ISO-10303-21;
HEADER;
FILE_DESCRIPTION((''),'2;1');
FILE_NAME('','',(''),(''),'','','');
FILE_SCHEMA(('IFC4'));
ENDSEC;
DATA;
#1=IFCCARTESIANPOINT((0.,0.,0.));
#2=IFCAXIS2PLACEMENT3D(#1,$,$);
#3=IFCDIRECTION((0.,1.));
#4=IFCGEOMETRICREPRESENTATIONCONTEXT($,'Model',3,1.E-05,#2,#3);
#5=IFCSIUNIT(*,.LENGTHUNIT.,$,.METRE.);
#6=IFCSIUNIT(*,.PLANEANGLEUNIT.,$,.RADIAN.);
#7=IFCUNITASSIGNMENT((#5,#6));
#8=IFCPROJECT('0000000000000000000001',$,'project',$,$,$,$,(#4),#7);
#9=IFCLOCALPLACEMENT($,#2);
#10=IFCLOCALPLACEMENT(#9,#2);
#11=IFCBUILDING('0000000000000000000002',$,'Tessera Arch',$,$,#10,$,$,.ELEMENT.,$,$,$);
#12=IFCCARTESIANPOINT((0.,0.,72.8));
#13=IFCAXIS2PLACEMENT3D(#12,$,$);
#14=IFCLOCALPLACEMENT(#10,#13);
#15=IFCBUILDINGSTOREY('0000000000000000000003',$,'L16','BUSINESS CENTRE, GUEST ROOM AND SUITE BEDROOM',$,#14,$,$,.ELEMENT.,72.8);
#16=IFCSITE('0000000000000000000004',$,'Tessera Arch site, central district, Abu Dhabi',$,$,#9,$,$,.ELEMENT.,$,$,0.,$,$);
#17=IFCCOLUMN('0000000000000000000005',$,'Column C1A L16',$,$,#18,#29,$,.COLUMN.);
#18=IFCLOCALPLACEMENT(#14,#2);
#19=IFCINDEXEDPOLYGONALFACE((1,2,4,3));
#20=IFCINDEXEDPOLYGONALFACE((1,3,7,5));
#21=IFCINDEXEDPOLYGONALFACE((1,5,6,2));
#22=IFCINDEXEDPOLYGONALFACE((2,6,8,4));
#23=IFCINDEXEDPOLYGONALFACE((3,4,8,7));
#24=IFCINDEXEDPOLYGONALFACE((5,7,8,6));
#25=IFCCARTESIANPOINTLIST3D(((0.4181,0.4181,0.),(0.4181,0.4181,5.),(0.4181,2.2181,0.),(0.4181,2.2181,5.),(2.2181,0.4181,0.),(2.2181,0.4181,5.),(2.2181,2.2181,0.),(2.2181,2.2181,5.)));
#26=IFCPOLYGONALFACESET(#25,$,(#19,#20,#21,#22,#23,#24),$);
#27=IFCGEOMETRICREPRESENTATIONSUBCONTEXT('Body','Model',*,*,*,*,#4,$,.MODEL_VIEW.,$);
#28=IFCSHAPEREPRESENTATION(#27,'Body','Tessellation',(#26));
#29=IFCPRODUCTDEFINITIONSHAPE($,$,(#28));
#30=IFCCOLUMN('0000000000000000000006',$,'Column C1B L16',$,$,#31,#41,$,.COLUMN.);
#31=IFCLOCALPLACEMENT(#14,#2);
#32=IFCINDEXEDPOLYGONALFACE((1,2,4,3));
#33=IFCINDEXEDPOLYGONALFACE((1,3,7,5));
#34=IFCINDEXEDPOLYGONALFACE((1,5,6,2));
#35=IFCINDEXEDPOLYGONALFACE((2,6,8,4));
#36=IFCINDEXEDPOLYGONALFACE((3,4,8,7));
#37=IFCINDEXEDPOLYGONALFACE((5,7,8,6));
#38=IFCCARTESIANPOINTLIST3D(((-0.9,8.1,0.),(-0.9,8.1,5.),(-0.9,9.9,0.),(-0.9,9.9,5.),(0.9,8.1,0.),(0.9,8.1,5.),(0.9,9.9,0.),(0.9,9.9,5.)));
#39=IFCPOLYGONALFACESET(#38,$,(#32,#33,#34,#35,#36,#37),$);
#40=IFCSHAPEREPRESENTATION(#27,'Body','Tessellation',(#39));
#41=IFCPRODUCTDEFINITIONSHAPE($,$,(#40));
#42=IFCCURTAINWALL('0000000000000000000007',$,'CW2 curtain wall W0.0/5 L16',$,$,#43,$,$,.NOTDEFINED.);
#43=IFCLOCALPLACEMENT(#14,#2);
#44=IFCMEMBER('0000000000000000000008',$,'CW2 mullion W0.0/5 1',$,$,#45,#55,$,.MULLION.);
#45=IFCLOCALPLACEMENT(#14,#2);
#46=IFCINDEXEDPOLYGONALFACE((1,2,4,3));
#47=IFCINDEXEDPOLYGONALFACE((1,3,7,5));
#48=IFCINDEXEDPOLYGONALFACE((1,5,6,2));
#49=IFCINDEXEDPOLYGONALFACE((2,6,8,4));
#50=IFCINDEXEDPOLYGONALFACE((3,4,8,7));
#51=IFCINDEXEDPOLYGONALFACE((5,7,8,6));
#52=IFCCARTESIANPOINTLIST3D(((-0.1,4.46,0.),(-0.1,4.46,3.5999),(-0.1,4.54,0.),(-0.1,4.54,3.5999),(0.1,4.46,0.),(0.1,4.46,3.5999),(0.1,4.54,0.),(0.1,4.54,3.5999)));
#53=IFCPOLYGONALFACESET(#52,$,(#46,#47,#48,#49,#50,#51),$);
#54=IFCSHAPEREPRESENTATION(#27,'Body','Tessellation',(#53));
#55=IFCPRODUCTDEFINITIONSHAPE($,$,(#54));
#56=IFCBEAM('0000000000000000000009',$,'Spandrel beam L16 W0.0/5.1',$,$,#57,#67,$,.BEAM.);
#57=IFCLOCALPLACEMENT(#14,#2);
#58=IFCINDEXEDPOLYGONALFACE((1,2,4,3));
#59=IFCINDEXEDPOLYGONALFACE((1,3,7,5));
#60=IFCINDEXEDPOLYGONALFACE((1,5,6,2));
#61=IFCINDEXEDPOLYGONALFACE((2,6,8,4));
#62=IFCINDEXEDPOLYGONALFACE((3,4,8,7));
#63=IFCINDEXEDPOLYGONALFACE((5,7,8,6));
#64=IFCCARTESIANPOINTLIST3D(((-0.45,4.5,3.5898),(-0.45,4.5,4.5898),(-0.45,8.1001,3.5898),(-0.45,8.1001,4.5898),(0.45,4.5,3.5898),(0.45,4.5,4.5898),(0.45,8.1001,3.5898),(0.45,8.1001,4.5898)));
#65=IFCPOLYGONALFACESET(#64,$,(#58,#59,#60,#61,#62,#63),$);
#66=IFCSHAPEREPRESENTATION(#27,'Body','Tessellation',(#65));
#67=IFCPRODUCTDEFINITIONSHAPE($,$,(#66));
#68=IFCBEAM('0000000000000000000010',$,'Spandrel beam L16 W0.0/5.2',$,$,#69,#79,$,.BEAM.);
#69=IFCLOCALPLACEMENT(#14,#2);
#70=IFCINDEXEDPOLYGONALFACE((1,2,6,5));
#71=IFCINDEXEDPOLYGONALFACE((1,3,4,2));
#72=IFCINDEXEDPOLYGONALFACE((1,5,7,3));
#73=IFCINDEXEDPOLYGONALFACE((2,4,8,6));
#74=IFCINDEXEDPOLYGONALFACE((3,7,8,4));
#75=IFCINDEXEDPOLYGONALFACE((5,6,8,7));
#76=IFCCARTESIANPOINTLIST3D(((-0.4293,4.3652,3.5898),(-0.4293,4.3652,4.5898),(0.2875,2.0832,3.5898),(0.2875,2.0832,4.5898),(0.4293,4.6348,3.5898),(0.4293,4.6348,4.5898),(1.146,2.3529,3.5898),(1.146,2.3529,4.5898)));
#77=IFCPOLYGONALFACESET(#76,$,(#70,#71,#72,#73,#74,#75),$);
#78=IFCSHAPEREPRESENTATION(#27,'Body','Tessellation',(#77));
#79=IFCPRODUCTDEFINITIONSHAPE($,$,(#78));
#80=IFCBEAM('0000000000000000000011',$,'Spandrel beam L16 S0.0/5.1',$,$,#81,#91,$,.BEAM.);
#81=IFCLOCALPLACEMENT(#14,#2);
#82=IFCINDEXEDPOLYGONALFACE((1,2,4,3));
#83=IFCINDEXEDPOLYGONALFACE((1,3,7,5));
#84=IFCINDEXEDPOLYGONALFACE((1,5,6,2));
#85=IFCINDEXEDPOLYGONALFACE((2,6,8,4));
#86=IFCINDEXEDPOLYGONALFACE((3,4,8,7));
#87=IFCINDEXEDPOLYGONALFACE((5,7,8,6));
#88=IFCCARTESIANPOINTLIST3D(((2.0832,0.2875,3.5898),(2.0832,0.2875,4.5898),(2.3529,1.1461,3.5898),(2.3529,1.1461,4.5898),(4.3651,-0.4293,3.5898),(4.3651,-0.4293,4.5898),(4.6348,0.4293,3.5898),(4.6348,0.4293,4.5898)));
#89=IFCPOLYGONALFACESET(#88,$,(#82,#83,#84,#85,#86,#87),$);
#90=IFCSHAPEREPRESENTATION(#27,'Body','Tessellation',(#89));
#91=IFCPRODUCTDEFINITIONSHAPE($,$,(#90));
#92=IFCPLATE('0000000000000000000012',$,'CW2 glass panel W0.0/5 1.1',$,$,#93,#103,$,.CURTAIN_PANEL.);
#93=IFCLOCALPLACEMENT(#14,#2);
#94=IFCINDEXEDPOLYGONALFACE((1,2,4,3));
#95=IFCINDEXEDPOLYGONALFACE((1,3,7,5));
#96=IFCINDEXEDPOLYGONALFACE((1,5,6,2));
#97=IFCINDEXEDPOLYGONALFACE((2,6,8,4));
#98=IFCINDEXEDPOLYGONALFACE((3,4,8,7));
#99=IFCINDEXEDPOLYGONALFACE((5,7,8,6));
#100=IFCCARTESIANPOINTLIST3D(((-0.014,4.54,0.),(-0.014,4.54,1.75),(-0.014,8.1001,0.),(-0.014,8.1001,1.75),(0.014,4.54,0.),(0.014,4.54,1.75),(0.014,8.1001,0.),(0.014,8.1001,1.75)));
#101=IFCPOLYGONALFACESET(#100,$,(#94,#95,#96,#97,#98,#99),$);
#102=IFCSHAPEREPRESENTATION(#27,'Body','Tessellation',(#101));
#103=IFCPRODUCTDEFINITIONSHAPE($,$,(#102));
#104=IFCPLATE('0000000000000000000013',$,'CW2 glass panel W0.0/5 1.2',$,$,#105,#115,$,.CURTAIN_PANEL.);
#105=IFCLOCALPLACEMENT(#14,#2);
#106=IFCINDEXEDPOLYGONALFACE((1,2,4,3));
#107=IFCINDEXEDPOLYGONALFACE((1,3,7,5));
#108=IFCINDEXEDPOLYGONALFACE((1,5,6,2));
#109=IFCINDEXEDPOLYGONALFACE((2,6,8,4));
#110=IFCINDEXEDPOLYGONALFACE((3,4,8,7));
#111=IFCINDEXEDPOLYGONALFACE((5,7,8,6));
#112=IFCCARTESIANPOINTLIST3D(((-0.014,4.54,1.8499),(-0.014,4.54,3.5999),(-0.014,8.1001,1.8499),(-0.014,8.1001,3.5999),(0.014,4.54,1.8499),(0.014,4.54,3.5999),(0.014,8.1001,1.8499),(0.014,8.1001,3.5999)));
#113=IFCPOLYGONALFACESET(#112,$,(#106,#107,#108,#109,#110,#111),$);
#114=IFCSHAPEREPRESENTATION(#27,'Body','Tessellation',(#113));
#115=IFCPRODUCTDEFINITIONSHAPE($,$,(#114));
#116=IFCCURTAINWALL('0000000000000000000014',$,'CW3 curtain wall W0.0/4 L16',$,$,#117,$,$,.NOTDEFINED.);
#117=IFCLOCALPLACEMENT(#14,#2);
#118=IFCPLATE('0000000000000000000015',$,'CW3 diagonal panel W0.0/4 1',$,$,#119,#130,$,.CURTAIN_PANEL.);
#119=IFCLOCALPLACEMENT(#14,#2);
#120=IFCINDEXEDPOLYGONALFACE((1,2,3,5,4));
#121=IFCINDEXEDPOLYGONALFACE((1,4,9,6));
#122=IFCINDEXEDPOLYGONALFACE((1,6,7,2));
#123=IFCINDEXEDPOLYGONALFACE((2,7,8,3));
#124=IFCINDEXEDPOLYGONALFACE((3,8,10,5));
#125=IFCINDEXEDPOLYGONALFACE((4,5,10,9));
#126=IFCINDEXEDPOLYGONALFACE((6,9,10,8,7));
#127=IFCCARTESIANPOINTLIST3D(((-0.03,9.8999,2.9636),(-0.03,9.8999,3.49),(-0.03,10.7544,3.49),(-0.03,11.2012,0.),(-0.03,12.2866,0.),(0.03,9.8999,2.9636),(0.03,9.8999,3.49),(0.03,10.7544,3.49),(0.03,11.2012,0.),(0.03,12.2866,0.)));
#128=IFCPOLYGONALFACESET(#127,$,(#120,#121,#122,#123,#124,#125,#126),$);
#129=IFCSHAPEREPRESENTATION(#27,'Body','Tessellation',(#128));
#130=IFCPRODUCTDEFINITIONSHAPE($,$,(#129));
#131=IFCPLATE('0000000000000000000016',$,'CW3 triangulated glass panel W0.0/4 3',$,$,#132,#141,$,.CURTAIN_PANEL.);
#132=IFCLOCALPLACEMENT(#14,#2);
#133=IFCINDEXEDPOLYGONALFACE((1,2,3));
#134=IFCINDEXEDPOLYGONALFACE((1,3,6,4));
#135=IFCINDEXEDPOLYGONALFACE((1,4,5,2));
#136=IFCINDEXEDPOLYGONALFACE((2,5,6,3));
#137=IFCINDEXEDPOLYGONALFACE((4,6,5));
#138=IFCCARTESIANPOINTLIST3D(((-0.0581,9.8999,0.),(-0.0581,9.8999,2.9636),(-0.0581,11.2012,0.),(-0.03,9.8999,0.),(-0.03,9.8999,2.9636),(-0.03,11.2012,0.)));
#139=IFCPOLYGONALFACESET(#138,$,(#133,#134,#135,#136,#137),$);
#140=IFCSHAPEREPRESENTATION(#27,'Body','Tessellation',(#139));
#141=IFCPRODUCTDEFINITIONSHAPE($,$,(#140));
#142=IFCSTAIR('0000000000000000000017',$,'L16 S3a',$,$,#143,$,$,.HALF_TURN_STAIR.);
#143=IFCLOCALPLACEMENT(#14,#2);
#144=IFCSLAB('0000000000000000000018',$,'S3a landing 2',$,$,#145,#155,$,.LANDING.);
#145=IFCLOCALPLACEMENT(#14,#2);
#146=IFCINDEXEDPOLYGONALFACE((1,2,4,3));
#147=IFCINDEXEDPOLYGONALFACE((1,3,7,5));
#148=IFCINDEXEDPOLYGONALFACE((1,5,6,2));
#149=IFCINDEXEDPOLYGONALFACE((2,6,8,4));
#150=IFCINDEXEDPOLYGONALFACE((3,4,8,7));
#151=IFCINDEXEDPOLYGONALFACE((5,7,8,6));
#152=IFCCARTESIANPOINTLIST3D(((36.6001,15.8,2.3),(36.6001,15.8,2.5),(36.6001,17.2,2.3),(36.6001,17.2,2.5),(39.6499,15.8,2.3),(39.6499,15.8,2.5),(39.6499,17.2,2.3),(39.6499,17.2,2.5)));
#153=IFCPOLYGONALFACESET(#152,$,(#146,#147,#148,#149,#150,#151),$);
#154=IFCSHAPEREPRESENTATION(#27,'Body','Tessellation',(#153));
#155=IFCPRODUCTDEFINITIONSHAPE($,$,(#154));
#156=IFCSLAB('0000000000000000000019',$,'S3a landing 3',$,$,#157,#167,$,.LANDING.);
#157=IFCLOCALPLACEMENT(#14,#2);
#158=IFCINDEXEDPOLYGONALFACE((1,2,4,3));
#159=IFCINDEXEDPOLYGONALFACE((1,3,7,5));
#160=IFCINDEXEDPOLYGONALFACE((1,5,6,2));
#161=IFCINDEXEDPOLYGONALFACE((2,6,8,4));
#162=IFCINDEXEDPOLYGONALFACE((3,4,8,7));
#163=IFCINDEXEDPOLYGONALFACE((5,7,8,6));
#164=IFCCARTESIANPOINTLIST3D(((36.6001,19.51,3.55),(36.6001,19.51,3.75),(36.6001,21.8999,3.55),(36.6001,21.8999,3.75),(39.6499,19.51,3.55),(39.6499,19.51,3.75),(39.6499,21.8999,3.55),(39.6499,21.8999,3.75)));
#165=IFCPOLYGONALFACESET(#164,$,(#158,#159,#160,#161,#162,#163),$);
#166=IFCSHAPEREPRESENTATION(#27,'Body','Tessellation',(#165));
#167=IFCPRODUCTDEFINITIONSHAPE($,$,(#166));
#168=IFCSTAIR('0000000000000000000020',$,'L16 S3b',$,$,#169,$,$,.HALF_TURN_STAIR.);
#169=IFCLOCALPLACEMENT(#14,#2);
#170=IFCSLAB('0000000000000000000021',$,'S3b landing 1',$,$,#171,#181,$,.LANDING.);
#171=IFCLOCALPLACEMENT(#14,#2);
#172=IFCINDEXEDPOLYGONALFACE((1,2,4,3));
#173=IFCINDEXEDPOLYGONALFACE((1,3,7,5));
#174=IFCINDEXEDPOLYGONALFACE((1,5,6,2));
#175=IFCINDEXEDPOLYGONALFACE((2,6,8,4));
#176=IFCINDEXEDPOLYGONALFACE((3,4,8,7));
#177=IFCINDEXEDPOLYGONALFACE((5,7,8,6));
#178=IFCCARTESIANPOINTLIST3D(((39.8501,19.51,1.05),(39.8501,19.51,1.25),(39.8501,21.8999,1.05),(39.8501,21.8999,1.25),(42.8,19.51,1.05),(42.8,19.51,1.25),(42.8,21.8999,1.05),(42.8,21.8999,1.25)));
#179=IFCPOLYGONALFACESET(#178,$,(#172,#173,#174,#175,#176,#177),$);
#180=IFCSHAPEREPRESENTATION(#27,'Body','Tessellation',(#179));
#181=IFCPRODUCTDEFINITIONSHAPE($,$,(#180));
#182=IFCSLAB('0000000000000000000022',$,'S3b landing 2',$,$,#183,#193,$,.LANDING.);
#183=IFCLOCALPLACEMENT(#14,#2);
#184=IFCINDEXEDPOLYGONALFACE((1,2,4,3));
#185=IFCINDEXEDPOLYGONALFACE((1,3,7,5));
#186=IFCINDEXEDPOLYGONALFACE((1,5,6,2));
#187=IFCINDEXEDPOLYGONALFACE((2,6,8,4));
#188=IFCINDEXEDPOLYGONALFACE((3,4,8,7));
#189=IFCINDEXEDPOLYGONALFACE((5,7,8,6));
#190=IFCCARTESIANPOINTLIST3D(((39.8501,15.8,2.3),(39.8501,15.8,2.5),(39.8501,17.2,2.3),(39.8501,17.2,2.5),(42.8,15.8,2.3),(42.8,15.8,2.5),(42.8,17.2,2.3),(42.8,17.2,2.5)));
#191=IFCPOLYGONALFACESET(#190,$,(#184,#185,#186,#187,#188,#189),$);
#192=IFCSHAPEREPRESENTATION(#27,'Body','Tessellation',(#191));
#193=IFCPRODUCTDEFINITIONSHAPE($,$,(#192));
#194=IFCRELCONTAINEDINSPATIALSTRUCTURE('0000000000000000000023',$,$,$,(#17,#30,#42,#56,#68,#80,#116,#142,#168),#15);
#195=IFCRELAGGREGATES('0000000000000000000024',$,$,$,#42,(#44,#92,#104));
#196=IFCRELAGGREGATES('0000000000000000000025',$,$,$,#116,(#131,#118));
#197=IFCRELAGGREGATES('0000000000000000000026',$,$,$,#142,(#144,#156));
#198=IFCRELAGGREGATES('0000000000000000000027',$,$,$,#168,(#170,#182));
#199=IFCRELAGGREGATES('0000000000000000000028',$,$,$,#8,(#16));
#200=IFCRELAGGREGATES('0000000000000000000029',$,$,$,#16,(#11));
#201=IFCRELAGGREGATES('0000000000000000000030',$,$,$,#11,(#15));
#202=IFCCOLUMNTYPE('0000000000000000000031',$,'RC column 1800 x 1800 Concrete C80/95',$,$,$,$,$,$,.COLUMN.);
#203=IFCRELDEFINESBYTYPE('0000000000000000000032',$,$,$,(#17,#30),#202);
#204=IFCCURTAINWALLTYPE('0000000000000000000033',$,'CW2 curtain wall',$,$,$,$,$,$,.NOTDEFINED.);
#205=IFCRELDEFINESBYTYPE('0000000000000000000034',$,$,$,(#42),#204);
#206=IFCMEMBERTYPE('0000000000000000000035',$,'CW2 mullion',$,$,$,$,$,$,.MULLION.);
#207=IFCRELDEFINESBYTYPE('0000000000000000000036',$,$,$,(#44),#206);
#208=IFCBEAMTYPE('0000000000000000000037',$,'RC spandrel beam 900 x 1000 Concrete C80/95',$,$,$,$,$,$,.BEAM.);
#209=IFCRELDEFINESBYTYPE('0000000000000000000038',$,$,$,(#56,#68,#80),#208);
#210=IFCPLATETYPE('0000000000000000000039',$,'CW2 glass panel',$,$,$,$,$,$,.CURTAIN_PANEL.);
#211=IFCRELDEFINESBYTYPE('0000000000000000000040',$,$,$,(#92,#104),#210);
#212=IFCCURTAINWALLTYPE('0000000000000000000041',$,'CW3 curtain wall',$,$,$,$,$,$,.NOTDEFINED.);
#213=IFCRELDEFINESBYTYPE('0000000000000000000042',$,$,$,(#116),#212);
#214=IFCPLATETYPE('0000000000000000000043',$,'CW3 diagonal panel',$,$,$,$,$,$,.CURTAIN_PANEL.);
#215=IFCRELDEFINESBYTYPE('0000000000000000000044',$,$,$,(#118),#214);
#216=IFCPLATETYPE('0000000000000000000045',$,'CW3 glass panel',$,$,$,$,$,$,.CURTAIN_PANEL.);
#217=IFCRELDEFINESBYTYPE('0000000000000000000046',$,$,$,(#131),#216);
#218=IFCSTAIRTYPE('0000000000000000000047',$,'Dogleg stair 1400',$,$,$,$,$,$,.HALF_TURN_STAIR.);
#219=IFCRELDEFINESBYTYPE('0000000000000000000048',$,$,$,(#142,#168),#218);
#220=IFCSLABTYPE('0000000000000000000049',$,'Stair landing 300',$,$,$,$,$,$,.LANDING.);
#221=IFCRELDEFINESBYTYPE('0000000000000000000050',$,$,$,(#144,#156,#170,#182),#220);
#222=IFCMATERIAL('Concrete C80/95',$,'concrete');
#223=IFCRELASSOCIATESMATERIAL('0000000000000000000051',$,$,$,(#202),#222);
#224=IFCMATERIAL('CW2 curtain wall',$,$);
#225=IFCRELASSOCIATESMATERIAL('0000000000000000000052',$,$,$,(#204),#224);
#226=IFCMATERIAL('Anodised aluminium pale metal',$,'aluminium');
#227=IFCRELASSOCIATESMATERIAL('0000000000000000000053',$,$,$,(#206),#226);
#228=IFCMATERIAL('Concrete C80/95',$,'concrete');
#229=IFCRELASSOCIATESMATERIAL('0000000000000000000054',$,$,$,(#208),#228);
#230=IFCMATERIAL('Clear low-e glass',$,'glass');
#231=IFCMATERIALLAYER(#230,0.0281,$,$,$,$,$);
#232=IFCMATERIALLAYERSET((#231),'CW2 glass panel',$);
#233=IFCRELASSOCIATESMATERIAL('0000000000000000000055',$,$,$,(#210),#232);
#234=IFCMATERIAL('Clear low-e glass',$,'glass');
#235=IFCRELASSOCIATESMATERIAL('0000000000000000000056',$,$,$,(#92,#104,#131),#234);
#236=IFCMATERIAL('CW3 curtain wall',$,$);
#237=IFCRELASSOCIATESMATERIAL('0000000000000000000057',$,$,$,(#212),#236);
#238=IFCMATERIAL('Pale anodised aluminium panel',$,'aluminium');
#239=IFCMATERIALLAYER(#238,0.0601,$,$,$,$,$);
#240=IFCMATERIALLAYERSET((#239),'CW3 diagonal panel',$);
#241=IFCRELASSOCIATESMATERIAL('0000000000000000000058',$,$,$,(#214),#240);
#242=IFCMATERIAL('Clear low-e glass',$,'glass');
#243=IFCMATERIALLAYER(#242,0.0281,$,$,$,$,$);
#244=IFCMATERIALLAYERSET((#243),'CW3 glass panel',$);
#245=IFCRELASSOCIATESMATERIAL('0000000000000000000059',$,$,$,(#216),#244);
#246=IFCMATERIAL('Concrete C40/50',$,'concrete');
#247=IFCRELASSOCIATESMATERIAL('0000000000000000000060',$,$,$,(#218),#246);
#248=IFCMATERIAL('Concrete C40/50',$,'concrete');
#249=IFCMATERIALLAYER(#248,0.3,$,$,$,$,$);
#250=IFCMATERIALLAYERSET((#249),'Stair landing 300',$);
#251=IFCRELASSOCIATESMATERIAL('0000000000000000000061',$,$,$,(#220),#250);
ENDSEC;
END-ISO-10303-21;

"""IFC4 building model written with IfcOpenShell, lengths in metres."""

from ifc_helpers import new_model, si_unit, direction, frame, origin, origin_2d, place, context, subcontext, project, spatial, polyline, rectangle, outline, extrude, material, layer, layer_set, material_profile, profile_set, type_object, element, aggregate, save


model = new_model("IFC4")

# Units and contexts
model_context = context("Model", 3, precision=1e-05, world=origin(), true_north=direction((0.0, 1.0)))
body_context = subcontext(model_context, "Body", "Model", "MODEL_VIEW")
ifc_project = project(units=[si_unit("LENGTHUNIT", "METRE"), si_unit("PLANEANGLEUNIT", "RADIAN")], contexts=[model_context])

# Site, building, storey
site_placement = place(None, origin())
site = spatial("IfcSite", under=ifc_project, at=site_placement, Name="Tessera Arch site, central district, Abu Dhabi", CompositionType="ELEMENT", RefElevation=0.0)
building_placement = place(site_placement, origin())
building = spatial("IfcBuilding", under=site, at=building_placement, Name="Tessera Arch", CompositionType="ELEMENT")
storey_placement = place(building_placement, frame((0.0, 0.0, 72.8)))
storey = spatial("IfcBuildingStorey", under=building, at=storey_placement, Name="L16", Description="BUSINESS CENTRE, GUEST ROOM AND SUITE BEDROOM", CompositionType="ELEMENT", Elevation=72.8)

# Columns
ifc_material_1 = material(Name="Concrete C80/95", Category="concrete")
ifc_material_profile_1 = material_profile(ifc_material_1, rectangle(XDim=1.8, YDim=1.8, at=origin_2d()), Name="RC column 1800 x 1800 Concrete C80/95")
ifc_profile_set_1 = profile_set([ifc_material_profile_1], Name="Concrete C80/95")
column_type = type_object("IfcColumnType", Name="RC column 1800 x 1800 Concrete C80/95", PredefinedType="COLUMN", material=ifc_profile_set_1)
for number, where, z_axis, x_axis, name in (
    (1, (1.3181, 1.3181, 0.0), (0.0, 0.0, 1.0), (1.0, 0.0, 0.0), "Column C1A L16"),
    (2, (0.0, 9.0, 0.0), (0.0, 0.0, 1.0), (1.0, 0.0, 0.0), "Column C1B L16"),
):
    element("IfcColumn", number, at=place(storey_placement, frame(where, z_axis=z_axis, x_axis=x_axis)), inside=storey, type_object=column_type, Name=name, PredefinedType="COLUMN", context=body_context, shape_type="SweptSolid", body=[
        extrude(rectangle(XDim=1.8, YDim=1.8, at=origin_2d()), origin(), (0.0, 0.0, 1.0), 5.0),
    ])

# Curtain wall, member
ifc_material_2 = material(Name="CW2 curtain wall")
curtain_wall_type_1 = type_object("IfcCurtainWallType", Name="CW2 curtain wall", PredefinedType="NOTDEFINED", material=ifc_material_2)
curtain_wall_1_placement = place(storey_placement, origin())
curtain_wall_1 = element("IfcCurtainWall", 3, at=curtain_wall_1_placement, inside=storey, type_object=curtain_wall_type_1, Name="CW2 curtain wall W0.0/5 L16", PredefinedType="NOTDEFINED")
ifc_material_3 = material(Name="Anodised aluminium pale metal", Category="aluminium")
ifc_material_profile_2 = material_profile(ifc_material_3, rectangle(XDim=0.2, YDim=0.0801, at=origin_2d()), Name="AL 80x200")
ifc_profile_set_2 = profile_set([ifc_material_profile_2], Name="Anodised aluminium pale metal")
member_type = type_object("IfcMemberType", Name="CW2 mullion", PredefinedType="MULLION", material=ifc_profile_set_2)
member_placement = place(storey_placement, frame((0.0, 4.5, 0.0), z_axis=(0.0, 0.0, 1.0), x_axis=(1.0, 0.0, 0.0)))
member = element("IfcMember", 4, at=member_placement, type_object=member_type, Name="CW2 mullion W0.0/5 1", PredefinedType="MULLION", context=body_context, shape_type="SweptSolid", body=[
    extrude(rectangle(XDim=0.2, YDim=0.0801, at=origin_2d()), origin(), (0.0, 0.0, 1.0), 3.5999),
])

# Beams
ifc_material_4 = material(Name="Concrete C80/95", Category="concrete")
ifc_material_profile_3 = material_profile(ifc_material_4, rectangle(XDim=0.8999, YDim=1.0, at=origin_2d()), Name="RC spandrel beam 900 x 1000 Concrete C80/95")
ifc_profile_set_3 = profile_set([ifc_material_profile_3], Name="Concrete C80/95")
beam_type = type_object("IfcBeamType", Name="RC spandrel beam 900 x 1000 Concrete C80/95", PredefinedType="BEAM", material=ifc_profile_set_3)
beam_placement = place(storey_placement, frame((0.0, 8.1001, 4.0898), z_axis=(0.0, -1.0, 0.0), x_axis=(1.0, 0.0, 0.0)))
element("IfcBeam", 5, at=beam_placement, inside=storey, type_object=beam_type, Name="Spandrel beam L16 W0.0/5.1", PredefinedType="BEAM", context=body_context, shape_type="SweptSolid", body=[
    extrude(rectangle(XDim=0.8999, YDim=1.0, at=origin_2d()), origin(), (0.0, 0.0, 1.0), 3.6001),
])
for number, where, z_axis, x_axis, name in (
    (6, (0.0, 4.5, 4.0898), (0.299675, -0.954041, 0.0), (0.954041, 0.299675, 0.0), "Spandrel beam L16 W0.0/5.2"),
    (7, (2.218, 0.7168, 4.0898), (0.954041, -0.299675, 0.0), (0.299675, 0.954041, 0.0), "Spandrel beam L16 S0.0/5.1"),
):
    element("IfcBeam", number, at=place(storey_placement, frame(where, z_axis=z_axis, x_axis=x_axis)), inside=storey, type_object=beam_type, Name=name, PredefinedType="BEAM", context=body_context, shape_type="SweptSolid", body=[
        extrude(rectangle(XDim=0.8999, YDim=1.0, at=origin_2d()), origin(), (0.0, 0.0, 1.0), 2.3918),
    ])

# Plates
ifc_material_5 = material(Name="Clear low-e glass", Category="glass")
ifc_material_6 = material(Name="Clear low-e glass", Category="glass")
ifc_layer_1 = layer(ifc_material_6, 0.0281)
ifc_layer_set_1 = layer_set([ifc_layer_1], Name="CW2 glass panel")
plate_type_1 = type_object("IfcPlateType", Name="CW2 glass panel", PredefinedType="CURTAIN_PANEL", material=ifc_layer_set_1)
plate_1_placement = place(storey_placement, frame((0.0, 6.3201, 0.0), z_axis=(0.0, 0.0, 1.0), x_axis=(0.0, -1.0, 0.0)))
plate_1 = element("IfcPlate", 8, at=plate_1_placement, type_object=plate_type_1, material=ifc_material_5, Name="CW2 glass panel W0.0/5 1.1", PredefinedType="CURTAIN_PANEL", context=body_context, shape_type="SweptSolid", body=[
    extrude(rectangle(XDim=3.5601, YDim=0.0281, at=origin_2d()), origin(), (0.0, 0.0, 1.0), 1.75),
])
plate_2_placement = place(storey_placement, frame((0.0, 6.3201, 1.8499), z_axis=(0.0, 0.0, 1.0), x_axis=(0.0, -1.0, 0.0)))
plate_2 = element("IfcPlate", 9, at=plate_2_placement, type_object=plate_type_1, material=ifc_material_5, Name="CW2 glass panel W0.0/5 1.2", PredefinedType="CURTAIN_PANEL", context=body_context, shape_type="SweptSolid", body=[
    extrude(rectangle(XDim=3.5601, YDim=0.0281, at=origin_2d()), origin(), (0.0, 0.0, 1.0), 1.75),
])
aggregate(curtain_wall_1, [member, plate_1, plate_2])

# Curtain wall, plates
ifc_material_7 = material(Name="CW3 curtain wall")
curtain_wall_type_2 = type_object("IfcCurtainWallType", Name="CW3 curtain wall", PredefinedType="NOTDEFINED", material=ifc_material_7)
curtain_wall_2_placement = place(storey_placement, origin())
curtain_wall_2 = element("IfcCurtainWall", 10, at=curtain_wall_2_placement, inside=storey, type_object=curtain_wall_type_2, Name="CW3 curtain wall W0.0/4 L16", PredefinedType="NOTDEFINED")
ifc_material_8 = material(Name="Pale anodised aluminium panel", Category="aluminium")
ifc_layer_2 = layer(ifc_material_8, 0.0601)
ifc_layer_set_2 = layer_set([ifc_layer_2], Name="CW3 diagonal panel")
plate_type_2 = type_object("IfcPlateType", Name="CW3 diagonal panel", PredefinedType="CURTAIN_PANEL", material=ifc_layer_set_2)
plate_3_placement = place(storey_placement, frame((-0.03, 9.8999, 3.49), z_axis=(-1.0, 0.0, 0.0), x_axis=(0.0, 1.0, 0.0)))
plate_3 = element("IfcPlate", 11, at=plate_3_placement, type_object=plate_type_2, Name="CW3 diagonal panel W0.0/4 1", PredefinedType="CURTAIN_PANEL", context=body_context, shape_type="SweptSolid", body=[
    extrude(outline(polyline([(0.0, 0.0), (0.8545, 0.0), (2.3867, 3.49), (1.3013, 3.49), (0.0, 0.5264), (0.0, 0.0)])), origin(), (0.0, 0.0, -1.0), 0.0601),
])
ifc_material_9 = material(Name="Clear low-e glass", Category="glass")
ifc_layer_3 = layer(ifc_material_9, 0.0281)
ifc_layer_set_3 = layer_set([ifc_layer_3], Name="CW3 glass panel")
plate_type_3 = type_object("IfcPlateType", Name="CW3 glass panel", PredefinedType="CURTAIN_PANEL", material=ifc_layer_set_3)
plate_4_placement = place(storey_placement, frame((-0.0581, 9.8999, 0.0), z_axis=(-1.0, 0.0, 0.0), x_axis=(0.0, 0.0, 1.0)))
plate_4 = element("IfcPlate", 12, at=plate_4_placement, type_object=plate_type_3, material=ifc_material_5, Name="CW3 triangulated glass panel W0.0/4 3", PredefinedType="CURTAIN_PANEL", context=body_context, shape_type="SweptSolid", body=[
    extrude(outline(polyline([(0.0, 0.0), (2.9636, 0.0), (0.0, 1.3013), (0.0, 0.0)])), origin(), (0.0, 0.0, -1.0), 0.0281),
])
aggregate(curtain_wall_2, [plate_4, plate_3])

# Stairs, slabs
ifc_material_10 = material(Name="Concrete C40/50", Category="concrete")
stair_type = type_object("IfcStairType", Name="Dogleg stair 1400", PredefinedType="HALF_TURN_STAIR", material=ifc_material_10)
stair_1_placement = place(storey_placement, origin())
stair_1 = element("IfcStair", 13, at=stair_1_placement, inside=storey, type_object=stair_type, Name="L16 S3a", PredefinedType="HALF_TURN_STAIR")
ifc_material_11 = material(Name="Concrete C40/50", Category="concrete")
ifc_layer_4 = layer(ifc_material_11, 0.3)
ifc_layer_set_4 = layer_set([ifc_layer_4], Name="Stair landing 300")
slab_type = type_object("IfcSlabType", Name="Stair landing 300", PredefinedType="LANDING", material=ifc_layer_set_4)
slab_1_placement = place(storey_placement, frame((0.0, 0.0, 2.3)))
slab_1 = element("IfcSlab", 14, at=slab_1_placement, type_object=slab_type, Name="S3a landing 2", PredefinedType="LANDING", context=body_context, shape_type="SweptSolid", body=[
    extrude(outline(polyline([(39.6499, 15.8), (39.6499, 17.2), (36.6001, 17.2), (36.6001, 15.8), (39.6499, 15.8)])), origin(), (0.0, 0.0, 1.0), 0.2),
])
slab_2_placement = place(storey_placement, frame((0.0, 0.0, 3.55)))
slab_2 = element("IfcSlab", 15, at=slab_2_placement, type_object=slab_type, Name="S3a landing 3", PredefinedType="LANDING", context=body_context, shape_type="SweptSolid", body=[
    extrude(outline(polyline([(39.6499, 19.51), (39.6499, 21.8999), (36.6001, 21.8999), (36.6001, 19.51), (39.6499, 19.51)])), origin(), (0.0, 0.0, 1.0), 0.2),
])
aggregate(stair_1, [slab_1, slab_2])
stair_2_placement = place(storey_placement, origin())
stair_2 = element("IfcStair", 16, at=stair_2_placement, inside=storey, type_object=stair_type, Name="L16 S3b", PredefinedType="HALF_TURN_STAIR")
slab_3_placement = place(storey_placement, frame((0.0, 0.0, 1.05)))
slab_3 = element("IfcSlab", 17, at=slab_3_placement, type_object=slab_type, Name="S3b landing 1", PredefinedType="LANDING", context=body_context, shape_type="SweptSolid", body=[
    extrude(outline(polyline([(42.8, 19.51), (42.8, 21.8999), (39.8501, 21.8999), (39.8501, 19.51), (42.8, 19.51)])), origin(), (0.0, 0.0, 1.0), 0.2),
])
slab_4_placement = place(storey_placement, frame((0.0, 0.0, 2.3)))
slab_4 = element("IfcSlab", 18, at=slab_4_placement, type_object=slab_type, Name="S3b landing 2", PredefinedType="LANDING", context=body_context, shape_type="SweptSolid", body=[
    extrude(outline(polyline([(42.8, 15.8), (42.8, 17.2), (39.8501, 17.2), (39.8501, 15.8), (42.8, 15.8)])), origin(), (0.0, 0.0, 1.0), 0.2),
])
aggregate(stair_2, [slab_3, slab_4])

save(model, "model.ifc")
